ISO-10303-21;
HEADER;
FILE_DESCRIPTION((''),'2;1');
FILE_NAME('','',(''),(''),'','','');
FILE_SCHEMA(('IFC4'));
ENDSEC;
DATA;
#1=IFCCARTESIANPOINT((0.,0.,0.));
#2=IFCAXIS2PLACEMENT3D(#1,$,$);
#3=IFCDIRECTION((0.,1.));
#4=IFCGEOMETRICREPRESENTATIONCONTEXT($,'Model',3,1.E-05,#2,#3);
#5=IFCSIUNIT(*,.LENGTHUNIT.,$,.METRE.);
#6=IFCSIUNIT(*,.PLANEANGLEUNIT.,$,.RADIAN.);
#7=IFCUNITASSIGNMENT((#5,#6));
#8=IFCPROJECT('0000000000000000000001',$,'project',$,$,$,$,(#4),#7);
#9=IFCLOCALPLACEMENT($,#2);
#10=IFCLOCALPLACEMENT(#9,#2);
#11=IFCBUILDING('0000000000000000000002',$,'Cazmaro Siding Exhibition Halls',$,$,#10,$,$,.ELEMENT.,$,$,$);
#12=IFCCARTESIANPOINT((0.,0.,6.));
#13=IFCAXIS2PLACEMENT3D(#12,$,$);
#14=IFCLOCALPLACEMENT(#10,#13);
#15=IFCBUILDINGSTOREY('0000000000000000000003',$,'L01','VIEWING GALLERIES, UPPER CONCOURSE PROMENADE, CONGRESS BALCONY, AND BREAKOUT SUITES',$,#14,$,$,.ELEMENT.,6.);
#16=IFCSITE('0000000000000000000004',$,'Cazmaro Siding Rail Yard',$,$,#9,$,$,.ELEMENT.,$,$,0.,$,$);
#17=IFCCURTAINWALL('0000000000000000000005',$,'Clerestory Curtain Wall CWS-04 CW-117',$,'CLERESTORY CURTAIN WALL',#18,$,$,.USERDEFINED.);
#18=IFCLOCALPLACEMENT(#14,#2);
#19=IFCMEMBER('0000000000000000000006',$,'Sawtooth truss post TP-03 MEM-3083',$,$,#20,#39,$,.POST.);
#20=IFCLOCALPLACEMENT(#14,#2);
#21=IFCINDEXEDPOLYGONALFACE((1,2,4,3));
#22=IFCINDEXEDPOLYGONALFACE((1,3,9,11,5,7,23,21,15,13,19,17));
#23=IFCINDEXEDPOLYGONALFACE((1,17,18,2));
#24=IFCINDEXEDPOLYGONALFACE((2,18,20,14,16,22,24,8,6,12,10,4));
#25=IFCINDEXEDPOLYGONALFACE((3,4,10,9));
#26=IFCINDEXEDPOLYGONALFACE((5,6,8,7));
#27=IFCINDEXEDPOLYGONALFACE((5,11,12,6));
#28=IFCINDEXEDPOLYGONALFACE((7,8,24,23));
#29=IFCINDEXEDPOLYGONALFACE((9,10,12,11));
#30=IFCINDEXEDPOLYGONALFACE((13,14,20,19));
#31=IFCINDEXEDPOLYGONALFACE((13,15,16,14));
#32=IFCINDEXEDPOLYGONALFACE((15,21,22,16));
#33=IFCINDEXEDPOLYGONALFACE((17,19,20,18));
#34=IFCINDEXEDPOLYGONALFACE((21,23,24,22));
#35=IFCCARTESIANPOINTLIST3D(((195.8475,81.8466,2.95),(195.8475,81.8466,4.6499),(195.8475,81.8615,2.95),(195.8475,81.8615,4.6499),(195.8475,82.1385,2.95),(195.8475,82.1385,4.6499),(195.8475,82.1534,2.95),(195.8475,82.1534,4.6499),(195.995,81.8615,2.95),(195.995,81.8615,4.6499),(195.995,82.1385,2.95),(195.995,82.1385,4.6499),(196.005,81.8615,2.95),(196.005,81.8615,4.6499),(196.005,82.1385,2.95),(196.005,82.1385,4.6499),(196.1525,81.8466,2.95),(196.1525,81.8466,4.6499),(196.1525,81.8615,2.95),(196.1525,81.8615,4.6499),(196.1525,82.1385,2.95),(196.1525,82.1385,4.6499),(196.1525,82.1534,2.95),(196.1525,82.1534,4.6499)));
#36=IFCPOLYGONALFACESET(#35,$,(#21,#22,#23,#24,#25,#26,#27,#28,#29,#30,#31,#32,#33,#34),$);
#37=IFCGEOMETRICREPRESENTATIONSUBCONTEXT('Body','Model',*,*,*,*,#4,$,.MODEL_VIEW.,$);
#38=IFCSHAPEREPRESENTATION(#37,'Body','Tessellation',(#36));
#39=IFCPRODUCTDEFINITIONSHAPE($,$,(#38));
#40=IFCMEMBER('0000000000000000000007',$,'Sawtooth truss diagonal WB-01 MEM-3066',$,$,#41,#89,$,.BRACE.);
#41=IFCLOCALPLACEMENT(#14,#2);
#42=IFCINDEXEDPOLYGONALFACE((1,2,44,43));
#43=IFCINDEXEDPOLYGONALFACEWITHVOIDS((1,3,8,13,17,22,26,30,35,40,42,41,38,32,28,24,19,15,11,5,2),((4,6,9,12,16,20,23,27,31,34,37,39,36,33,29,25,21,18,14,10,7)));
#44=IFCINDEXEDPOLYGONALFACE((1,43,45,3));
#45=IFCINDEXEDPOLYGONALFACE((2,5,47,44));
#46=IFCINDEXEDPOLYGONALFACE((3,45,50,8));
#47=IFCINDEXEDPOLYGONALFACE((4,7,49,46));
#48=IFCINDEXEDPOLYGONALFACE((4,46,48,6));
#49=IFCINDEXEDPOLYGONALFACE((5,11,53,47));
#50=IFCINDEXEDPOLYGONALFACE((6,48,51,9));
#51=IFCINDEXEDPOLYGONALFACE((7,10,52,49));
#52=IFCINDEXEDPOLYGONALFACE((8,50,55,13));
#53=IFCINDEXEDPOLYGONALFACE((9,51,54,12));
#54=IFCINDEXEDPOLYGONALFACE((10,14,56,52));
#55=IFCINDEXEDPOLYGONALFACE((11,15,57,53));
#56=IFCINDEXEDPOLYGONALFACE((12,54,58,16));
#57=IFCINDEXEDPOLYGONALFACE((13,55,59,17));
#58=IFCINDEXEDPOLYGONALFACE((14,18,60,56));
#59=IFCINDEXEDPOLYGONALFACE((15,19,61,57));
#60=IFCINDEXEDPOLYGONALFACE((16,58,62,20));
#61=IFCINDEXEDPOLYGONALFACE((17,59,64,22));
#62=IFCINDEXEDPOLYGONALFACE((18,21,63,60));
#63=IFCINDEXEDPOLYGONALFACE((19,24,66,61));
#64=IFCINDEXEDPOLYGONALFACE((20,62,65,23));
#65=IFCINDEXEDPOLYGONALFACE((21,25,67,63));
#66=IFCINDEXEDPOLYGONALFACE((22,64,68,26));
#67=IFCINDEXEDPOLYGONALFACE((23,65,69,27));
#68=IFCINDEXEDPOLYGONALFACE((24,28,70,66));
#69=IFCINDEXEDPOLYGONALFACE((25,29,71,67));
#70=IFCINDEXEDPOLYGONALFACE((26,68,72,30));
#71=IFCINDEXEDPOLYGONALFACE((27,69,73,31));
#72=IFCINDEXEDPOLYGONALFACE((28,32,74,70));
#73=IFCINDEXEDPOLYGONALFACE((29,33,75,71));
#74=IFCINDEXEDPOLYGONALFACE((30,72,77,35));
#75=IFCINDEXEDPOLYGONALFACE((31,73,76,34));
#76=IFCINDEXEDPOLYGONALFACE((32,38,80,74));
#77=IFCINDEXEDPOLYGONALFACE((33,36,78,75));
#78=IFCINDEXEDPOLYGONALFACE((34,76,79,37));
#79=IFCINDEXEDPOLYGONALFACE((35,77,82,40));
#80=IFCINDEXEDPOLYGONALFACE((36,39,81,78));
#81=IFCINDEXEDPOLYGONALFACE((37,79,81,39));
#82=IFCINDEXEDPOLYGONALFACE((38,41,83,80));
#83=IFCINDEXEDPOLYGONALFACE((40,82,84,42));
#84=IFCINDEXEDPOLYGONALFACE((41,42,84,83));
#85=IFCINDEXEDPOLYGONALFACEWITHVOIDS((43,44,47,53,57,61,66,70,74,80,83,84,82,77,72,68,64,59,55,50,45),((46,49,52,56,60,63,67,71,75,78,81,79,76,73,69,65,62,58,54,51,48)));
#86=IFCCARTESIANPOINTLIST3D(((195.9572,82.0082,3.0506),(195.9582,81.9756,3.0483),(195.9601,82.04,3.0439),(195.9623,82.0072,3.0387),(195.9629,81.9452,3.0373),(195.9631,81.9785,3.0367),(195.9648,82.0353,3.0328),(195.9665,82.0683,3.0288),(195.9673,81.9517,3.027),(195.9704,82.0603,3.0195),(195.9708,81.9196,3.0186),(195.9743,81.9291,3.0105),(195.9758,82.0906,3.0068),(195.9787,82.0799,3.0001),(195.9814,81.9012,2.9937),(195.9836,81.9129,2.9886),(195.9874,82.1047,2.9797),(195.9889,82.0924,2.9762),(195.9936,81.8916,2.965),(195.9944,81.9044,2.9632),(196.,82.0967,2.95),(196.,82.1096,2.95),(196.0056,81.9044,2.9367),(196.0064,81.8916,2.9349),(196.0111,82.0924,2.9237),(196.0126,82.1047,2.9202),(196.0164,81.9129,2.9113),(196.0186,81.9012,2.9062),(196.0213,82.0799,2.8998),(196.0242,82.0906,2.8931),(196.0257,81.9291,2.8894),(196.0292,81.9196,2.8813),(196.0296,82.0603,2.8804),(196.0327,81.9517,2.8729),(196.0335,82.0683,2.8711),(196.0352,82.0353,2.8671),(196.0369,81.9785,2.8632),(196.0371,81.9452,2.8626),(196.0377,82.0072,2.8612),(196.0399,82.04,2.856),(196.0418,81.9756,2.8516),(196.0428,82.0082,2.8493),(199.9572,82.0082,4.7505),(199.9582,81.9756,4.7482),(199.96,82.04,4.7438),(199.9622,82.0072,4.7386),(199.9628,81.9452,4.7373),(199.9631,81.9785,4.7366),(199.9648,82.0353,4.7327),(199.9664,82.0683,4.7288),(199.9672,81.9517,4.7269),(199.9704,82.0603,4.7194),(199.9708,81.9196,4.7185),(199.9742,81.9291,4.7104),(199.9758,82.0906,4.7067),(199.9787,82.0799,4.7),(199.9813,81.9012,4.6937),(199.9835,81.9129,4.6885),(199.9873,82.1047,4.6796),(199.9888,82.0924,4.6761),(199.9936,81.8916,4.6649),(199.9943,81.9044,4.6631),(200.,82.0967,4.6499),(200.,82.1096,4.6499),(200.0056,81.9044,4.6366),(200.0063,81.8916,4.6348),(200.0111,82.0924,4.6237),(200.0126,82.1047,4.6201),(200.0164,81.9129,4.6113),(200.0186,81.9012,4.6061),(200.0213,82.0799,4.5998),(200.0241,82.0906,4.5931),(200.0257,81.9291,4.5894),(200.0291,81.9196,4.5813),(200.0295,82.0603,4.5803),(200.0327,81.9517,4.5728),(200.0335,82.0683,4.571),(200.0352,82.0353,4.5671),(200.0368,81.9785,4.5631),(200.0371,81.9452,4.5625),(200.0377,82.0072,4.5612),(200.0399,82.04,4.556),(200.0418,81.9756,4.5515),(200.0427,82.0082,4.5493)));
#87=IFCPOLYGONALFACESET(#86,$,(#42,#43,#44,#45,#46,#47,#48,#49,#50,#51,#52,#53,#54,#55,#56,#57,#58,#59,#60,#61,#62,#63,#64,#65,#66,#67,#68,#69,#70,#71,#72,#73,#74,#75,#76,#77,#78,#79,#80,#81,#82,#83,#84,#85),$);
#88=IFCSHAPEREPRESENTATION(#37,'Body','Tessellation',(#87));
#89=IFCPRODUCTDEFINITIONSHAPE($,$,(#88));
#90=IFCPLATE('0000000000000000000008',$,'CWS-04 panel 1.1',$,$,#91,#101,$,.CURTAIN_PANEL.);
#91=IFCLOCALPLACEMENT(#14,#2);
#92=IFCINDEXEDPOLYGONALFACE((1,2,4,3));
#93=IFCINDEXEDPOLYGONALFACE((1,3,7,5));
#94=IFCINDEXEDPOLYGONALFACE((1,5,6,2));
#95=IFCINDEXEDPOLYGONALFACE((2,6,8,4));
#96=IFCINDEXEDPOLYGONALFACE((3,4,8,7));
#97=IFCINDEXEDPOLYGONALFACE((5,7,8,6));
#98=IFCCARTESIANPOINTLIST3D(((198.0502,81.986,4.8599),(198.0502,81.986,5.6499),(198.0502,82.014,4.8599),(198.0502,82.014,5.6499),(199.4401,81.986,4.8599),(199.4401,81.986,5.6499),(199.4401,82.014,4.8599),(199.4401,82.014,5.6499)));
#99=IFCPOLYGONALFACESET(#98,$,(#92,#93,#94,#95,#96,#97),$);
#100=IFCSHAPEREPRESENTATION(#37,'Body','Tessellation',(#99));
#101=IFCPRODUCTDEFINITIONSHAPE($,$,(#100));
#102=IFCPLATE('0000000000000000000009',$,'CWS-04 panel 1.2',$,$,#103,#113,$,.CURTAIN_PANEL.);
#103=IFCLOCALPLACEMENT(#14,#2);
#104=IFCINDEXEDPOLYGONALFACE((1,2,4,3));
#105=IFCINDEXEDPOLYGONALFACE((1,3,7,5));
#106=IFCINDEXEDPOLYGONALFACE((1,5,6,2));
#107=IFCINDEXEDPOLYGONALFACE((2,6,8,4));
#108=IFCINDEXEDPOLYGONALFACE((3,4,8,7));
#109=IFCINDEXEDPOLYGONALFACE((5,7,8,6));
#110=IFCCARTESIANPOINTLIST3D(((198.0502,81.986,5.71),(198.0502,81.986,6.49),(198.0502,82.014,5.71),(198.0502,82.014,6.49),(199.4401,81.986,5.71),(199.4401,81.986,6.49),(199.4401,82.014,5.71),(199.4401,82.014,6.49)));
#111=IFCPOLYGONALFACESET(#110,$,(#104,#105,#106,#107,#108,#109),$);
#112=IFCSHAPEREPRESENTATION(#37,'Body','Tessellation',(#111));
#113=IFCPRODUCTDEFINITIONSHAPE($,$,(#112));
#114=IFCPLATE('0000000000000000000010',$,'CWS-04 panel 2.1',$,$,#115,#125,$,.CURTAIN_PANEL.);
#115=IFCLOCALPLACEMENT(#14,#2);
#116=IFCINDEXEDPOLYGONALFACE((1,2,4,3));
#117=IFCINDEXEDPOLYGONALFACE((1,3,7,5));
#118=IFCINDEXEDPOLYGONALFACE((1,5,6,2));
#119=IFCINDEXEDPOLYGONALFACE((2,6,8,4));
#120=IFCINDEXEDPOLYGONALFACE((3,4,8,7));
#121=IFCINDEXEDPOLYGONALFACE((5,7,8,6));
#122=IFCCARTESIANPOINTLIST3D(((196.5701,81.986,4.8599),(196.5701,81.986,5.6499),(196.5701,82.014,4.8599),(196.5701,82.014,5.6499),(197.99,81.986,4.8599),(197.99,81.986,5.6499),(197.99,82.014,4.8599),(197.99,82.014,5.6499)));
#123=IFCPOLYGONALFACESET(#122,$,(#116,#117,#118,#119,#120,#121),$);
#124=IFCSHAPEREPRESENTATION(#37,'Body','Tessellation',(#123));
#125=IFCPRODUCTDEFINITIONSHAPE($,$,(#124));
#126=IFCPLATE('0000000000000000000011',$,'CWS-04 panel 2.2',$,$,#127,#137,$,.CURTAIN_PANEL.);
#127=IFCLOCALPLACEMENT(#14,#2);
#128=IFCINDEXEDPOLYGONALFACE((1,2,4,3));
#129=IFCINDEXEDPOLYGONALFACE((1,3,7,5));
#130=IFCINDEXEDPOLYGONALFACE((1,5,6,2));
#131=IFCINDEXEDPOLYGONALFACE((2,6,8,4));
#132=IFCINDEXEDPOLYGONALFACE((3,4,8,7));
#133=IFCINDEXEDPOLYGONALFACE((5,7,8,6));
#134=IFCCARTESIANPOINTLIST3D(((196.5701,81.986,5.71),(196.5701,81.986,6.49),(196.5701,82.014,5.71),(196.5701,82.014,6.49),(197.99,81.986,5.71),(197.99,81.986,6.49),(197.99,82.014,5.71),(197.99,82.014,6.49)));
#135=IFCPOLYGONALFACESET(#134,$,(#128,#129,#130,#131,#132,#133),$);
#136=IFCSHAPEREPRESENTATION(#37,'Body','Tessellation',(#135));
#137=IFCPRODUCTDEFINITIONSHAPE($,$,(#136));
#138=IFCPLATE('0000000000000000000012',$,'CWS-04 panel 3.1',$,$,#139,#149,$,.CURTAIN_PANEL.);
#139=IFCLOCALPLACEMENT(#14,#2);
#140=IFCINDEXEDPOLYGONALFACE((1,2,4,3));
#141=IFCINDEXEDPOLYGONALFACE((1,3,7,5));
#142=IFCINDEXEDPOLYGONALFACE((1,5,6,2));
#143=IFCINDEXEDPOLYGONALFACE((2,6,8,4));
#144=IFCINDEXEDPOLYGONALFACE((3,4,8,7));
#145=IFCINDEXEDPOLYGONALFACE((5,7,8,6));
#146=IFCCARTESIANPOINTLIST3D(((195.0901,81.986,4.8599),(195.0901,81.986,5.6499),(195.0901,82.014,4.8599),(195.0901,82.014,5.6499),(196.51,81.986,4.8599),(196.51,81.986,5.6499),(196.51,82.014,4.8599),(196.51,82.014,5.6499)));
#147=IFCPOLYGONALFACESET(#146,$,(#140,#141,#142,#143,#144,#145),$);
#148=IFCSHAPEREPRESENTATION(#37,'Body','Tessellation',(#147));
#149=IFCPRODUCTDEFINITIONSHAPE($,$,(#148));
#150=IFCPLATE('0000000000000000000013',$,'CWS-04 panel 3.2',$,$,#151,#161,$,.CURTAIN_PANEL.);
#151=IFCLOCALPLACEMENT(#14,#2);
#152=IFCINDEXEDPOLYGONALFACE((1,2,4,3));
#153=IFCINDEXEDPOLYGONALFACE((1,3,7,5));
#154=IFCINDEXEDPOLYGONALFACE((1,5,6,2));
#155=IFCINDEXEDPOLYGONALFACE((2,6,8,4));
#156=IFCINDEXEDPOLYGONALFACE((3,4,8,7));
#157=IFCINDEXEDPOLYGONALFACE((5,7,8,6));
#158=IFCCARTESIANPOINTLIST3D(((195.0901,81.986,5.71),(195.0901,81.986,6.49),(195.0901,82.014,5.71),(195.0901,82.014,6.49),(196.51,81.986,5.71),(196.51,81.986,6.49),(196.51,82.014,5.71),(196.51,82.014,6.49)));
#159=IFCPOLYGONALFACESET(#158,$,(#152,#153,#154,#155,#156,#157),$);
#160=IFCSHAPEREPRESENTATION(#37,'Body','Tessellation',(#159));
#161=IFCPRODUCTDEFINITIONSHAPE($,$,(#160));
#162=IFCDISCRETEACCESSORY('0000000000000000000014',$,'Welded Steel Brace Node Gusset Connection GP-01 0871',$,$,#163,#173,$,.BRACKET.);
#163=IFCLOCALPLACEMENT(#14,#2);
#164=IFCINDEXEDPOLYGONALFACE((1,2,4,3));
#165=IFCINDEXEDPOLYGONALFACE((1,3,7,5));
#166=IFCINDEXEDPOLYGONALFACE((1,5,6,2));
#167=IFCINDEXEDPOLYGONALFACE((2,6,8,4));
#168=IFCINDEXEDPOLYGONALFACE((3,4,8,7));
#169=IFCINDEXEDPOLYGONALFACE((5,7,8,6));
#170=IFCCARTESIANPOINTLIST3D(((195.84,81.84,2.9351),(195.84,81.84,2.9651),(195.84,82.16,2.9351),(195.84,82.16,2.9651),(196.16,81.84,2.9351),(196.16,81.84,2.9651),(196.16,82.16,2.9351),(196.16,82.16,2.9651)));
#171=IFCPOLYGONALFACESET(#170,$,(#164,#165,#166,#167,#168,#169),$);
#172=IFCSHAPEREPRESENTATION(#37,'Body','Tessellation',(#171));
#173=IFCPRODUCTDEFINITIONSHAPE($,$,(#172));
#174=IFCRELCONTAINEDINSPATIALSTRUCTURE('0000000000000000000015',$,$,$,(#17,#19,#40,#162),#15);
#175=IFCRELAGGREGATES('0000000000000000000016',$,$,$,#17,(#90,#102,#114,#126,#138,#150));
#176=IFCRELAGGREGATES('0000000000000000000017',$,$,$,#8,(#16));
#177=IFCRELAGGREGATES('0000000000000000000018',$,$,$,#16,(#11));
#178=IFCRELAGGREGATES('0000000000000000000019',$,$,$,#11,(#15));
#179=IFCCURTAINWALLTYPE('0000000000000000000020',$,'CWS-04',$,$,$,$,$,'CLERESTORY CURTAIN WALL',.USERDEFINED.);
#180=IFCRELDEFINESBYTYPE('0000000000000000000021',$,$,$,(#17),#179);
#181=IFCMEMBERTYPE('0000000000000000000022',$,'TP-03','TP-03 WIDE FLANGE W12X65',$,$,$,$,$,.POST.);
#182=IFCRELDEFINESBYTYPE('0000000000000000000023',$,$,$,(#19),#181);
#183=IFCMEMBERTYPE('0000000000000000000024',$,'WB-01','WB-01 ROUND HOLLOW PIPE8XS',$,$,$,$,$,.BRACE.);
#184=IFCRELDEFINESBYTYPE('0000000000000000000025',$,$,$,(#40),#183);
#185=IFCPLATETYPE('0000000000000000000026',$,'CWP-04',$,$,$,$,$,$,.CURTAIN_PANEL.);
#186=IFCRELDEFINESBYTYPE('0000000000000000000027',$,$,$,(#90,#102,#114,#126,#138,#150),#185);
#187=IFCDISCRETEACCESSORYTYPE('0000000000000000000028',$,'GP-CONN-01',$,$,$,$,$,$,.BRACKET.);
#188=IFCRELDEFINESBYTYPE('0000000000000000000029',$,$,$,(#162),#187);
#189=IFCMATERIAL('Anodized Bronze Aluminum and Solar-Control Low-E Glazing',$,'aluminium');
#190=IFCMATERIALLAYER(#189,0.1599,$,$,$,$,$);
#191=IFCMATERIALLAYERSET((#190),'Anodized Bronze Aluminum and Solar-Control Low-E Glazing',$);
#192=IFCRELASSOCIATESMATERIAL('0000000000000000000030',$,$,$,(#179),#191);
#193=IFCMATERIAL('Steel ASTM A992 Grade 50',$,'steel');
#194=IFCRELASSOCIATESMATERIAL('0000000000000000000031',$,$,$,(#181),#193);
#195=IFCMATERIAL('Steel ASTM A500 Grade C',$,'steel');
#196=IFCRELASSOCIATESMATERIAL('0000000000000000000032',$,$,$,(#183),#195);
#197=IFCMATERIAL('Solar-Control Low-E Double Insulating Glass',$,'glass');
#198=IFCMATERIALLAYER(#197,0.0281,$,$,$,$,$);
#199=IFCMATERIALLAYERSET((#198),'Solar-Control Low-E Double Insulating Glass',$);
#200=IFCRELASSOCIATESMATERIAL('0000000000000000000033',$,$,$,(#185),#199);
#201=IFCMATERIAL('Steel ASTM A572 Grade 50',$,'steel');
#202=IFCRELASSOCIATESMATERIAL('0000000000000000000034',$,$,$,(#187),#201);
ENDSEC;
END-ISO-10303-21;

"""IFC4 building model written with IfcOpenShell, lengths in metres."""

from ifc_helpers import new_model, si_unit, direction, frame, origin, origin_2d, place, context, subcontext, project, spatial, rectangle, hollow_circle, i_section, extrude, material, layer, layer_set, material_profile, profile_set, type_object, element, aggregate, save


model = new_model("IFC4")

# Units and contexts
model_context = context("Model", 3, precision=1e-05, world=origin(), true_north=direction((0.0, 1.0)))
body_context = subcontext(model_context, "Body", "Model", "MODEL_VIEW")
ifc_project = project(units=[si_unit("LENGTHUNIT", "METRE"), si_unit("PLANEANGLEUNIT", "RADIAN")], contexts=[model_context])

# Site, building, storey
site_placement = place(None, origin())
site = spatial("IfcSite", under=ifc_project, at=site_placement, Name="Cazmaro Siding Rail Yard", CompositionType="ELEMENT", RefElevation=0.0)
building_placement = place(site_placement, origin())
building = spatial("IfcBuilding", under=site, at=building_placement, Name="Cazmaro Siding Exhibition Halls", CompositionType="ELEMENT")
storey_placement = place(building_placement, frame((0.0, 0.0, 6.0)))
storey = spatial("IfcBuildingStorey", under=building, at=storey_placement, Name="L01", Description="VIEWING GALLERIES, UPPER CONCOURSE PROMENADE, CONGRESS BALCONY, AND BREAKOUT SUITES", CompositionType="ELEMENT", Elevation=6.0)

# Curtain wall
ifc_material_1 = material(Name="Anodized Bronze Aluminum and Solar-Control Low-E Glazing", Category="aluminium")
ifc_layer_1 = layer(ifc_material_1, 0.1599)
ifc_layer_set_1 = layer_set([ifc_layer_1], Name="Anodized Bronze Aluminum and Solar-Control Low-E Glazing")
curtain_wall_type = type_object("IfcCurtainWallType", Name="CWS-04", ElementType="CLERESTORY CURTAIN WALL", PredefinedType="USERDEFINED", material=ifc_layer_set_1)
curtain_wall_placement = place(storey_placement, origin())
curtain_wall = element("IfcCurtainWall", 1, at=curtain_wall_placement, inside=storey, type_object=curtain_wall_type, Name="Clerestory Curtain Wall CWS-04 CW-117", ObjectType="CLERESTORY CURTAIN WALL", PredefinedType="USERDEFINED")

# Members
ifc_material_2 = material(Name="Steel ASTM A992 Grade 50", Category="steel")
ifc_material_profile_1 = material_profile(ifc_material_2, i_section(OverallWidth=0.3049, OverallDepth=0.3069, WebThickness=0.01, FlangeThickness=0.0149, at=origin_2d()), Name="W12X65")
ifc_profile_set_1 = profile_set([ifc_material_profile_1], Name="Steel ASTM A992 Grade 50")
member_type_1 = type_object("IfcMemberType", Name="TP-03", Description="TP-03 WIDE FLANGE W12X65", PredefinedType="POST", material=ifc_profile_set_1)
member_1_placement = place(storey_placement, frame((196.0, 82.0, 2.95), z_axis=(0.0, 0.0, 1.0), x_axis=(1.0, 0.0, 0.0)))
element("IfcMember", 2, at=member_1_placement, inside=storey, type_object=member_type_1, Name="Sawtooth truss post TP-03 MEM-3083", PredefinedType="POST", context=body_context, shape_type="SweptSolid", body=[
    extrude(i_section(OverallWidth=0.3049, OverallDepth=0.3069, WebThickness=0.01, FlangeThickness=0.0149, at=origin_2d()), origin(), (0.0, 0.0, 1.0), 1.7),
])
ifc_material_3 = material(Name="Steel ASTM A500 Grade C", Category="steel")
ifc_material_profile_2 = material_profile(ifc_material_3, hollow_circle(Radius=0.1096, WallThickness=0.0129, at=origin_2d()), Name="PIPE8XS")
ifc_profile_set_2 = profile_set([ifc_material_profile_2], Name="Steel ASTM A500 Grade C")
member_type_2 = type_object("IfcMemberType", Name="WB-01", Description="WB-01 ROUND HOLLOW PIPE8XS", PredefinedType="BRACE", material=ifc_profile_set_2)
member_2_placement = place(storey_placement, frame((196.0, 82.0, 2.95), z_axis=(0.920335, 0.0, 0.391131), x_axis=(0.0, 1.0, 0.0)))
element("IfcMember", 3, at=member_2_placement, inside=storey, type_object=member_type_2, Name="Sawtooth truss diagonal WB-01 MEM-3066", PredefinedType="BRACE", context=body_context, shape_type="SweptSolid", body=[
    extrude(hollow_circle(Radius=0.1096, WallThickness=0.0129, at=origin_2d()), origin(), (0.0, 0.0, 1.0), 4.3462),
])

# Plates
ifc_material_4 = material(Name="Solar-Control Low-E Double Insulating Glass", Category="glass")
ifc_layer_2 = layer(ifc_material_4, 0.0281)
ifc_layer_set_2 = layer_set([ifc_layer_2], Name="Solar-Control Low-E Double Insulating Glass")
plate_type = type_object("IfcPlateType", Name="CWP-04", PredefinedType="CURTAIN_PANEL", material=ifc_layer_set_2)
plate_1_placement = place(storey_placement, frame((198.7451, 82.0, 4.8599), z_axis=(0.0, 0.0, 1.0), x_axis=(-1.0, 0.0, 0.0)))
plate_1 = element("IfcPlate", 4, at=plate_1_placement, type_object=plate_type, Name="CWS-04 panel 1.1", PredefinedType="CURTAIN_PANEL", context=body_context, shape_type="SweptSolid", body=[
    extrude(rectangle(XDim=1.3899, YDim=0.0281, at=origin_2d()), origin(), (0.0, 0.0, 1.0), 0.79),
])
plate_2_placement = place(storey_placement, frame((198.7451, 82.0, 5.71), z_axis=(0.0, 0.0, 1.0), x_axis=(-1.0, 0.0, 0.0)))
plate_2 = element("IfcPlate", 5, at=plate_2_placement, type_object=plate_type, Name="CWS-04 panel 1.2", PredefinedType="CURTAIN_PANEL", context=body_context, shape_type="SweptSolid", body=[
    extrude(rectangle(XDim=1.3899, YDim=0.0281, at=origin_2d()), origin(), (0.0, 0.0, 1.0), 0.78),
])
plate_3_placement = place(storey_placement, frame((197.28, 82.0, 4.8599), z_axis=(0.0, 0.0, 1.0), x_axis=(-1.0, 0.0, 0.0)))
plate_3 = element("IfcPlate", 6, at=plate_3_placement, type_object=plate_type, Name="CWS-04 panel 2.1", PredefinedType="CURTAIN_PANEL", context=body_context, shape_type="SweptSolid", body=[
    extrude(rectangle(XDim=1.4199, YDim=0.0281, at=origin_2d()), origin(), (0.0, 0.0, 1.0), 0.79),
])
plate_4_placement = place(storey_placement, frame((197.28, 82.0, 5.71), z_axis=(0.0, 0.0, 1.0), x_axis=(-1.0, 0.0, 0.0)))
plate_4 = element("IfcPlate", 7, at=plate_4_placement, type_object=plate_type, Name="CWS-04 panel 2.2", PredefinedType="CURTAIN_PANEL", context=body_context, shape_type="SweptSolid", body=[
    extrude(rectangle(XDim=1.4199, YDim=0.0281, at=origin_2d()), origin(), (0.0, 0.0, 1.0), 0.78),
])
plate_5_placement = place(storey_placement, frame((195.8, 82.0, 4.8599), z_axis=(0.0, 0.0, 1.0), x_axis=(-1.0, 0.0, 0.0)))
plate_5 = element("IfcPlate", 8, at=plate_5_placement, type_object=plate_type, Name="CWS-04 panel 3.1", PredefinedType="CURTAIN_PANEL", context=body_context, shape_type="SweptSolid", body=[
    extrude(rectangle(XDim=1.4199, YDim=0.0281, at=origin_2d()), origin(), (0.0, 0.0, 1.0), 0.79),
])
plate_6_placement = place(storey_placement, frame((195.8, 82.0, 5.71), z_axis=(0.0, 0.0, 1.0), x_axis=(-1.0, 0.0, 0.0)))
plate_6 = element("IfcPlate", 9, at=plate_6_placement, type_object=plate_type, Name="CWS-04 panel 3.2", PredefinedType="CURTAIN_PANEL", context=body_context, shape_type="SweptSolid", body=[
    extrude(rectangle(XDim=1.4199, YDim=0.0281, at=origin_2d()), origin(), (0.0, 0.0, 1.0), 0.78),
])
aggregate(curtain_wall, [plate_1, plate_2, plate_3, plate_4, plate_5, plate_6])

# Discrete accessory
ifc_material_5 = material(Name="Steel ASTM A572 Grade 50", Category="steel")
discrete_accessory_type = type_object("IfcDiscreteAccessoryType", Name="GP-CONN-01", PredefinedType="BRACKET", material=ifc_material_5)
discrete_accessory_placement = place(storey_placement, frame((196.0, 82.0, 2.9351), z_axis=(0.0, 0.0, 1.0), x_axis=(1.0, 0.0, 0.0)))
element("IfcDiscreteAccessory", 10, at=discrete_accessory_placement, inside=storey, type_object=discrete_accessory_type, Name="Welded Steel Brace Node Gusset Connection GP-01 0871", PredefinedType="BRACKET", context=body_context, shape_type="SweptSolid", body=[
    extrude(rectangle(XDim=0.3201, YDim=0.3201, at=origin_2d()), origin(), (0.0, 0.0, 1.0), 0.03),
])

save(model, "model.ifc")
